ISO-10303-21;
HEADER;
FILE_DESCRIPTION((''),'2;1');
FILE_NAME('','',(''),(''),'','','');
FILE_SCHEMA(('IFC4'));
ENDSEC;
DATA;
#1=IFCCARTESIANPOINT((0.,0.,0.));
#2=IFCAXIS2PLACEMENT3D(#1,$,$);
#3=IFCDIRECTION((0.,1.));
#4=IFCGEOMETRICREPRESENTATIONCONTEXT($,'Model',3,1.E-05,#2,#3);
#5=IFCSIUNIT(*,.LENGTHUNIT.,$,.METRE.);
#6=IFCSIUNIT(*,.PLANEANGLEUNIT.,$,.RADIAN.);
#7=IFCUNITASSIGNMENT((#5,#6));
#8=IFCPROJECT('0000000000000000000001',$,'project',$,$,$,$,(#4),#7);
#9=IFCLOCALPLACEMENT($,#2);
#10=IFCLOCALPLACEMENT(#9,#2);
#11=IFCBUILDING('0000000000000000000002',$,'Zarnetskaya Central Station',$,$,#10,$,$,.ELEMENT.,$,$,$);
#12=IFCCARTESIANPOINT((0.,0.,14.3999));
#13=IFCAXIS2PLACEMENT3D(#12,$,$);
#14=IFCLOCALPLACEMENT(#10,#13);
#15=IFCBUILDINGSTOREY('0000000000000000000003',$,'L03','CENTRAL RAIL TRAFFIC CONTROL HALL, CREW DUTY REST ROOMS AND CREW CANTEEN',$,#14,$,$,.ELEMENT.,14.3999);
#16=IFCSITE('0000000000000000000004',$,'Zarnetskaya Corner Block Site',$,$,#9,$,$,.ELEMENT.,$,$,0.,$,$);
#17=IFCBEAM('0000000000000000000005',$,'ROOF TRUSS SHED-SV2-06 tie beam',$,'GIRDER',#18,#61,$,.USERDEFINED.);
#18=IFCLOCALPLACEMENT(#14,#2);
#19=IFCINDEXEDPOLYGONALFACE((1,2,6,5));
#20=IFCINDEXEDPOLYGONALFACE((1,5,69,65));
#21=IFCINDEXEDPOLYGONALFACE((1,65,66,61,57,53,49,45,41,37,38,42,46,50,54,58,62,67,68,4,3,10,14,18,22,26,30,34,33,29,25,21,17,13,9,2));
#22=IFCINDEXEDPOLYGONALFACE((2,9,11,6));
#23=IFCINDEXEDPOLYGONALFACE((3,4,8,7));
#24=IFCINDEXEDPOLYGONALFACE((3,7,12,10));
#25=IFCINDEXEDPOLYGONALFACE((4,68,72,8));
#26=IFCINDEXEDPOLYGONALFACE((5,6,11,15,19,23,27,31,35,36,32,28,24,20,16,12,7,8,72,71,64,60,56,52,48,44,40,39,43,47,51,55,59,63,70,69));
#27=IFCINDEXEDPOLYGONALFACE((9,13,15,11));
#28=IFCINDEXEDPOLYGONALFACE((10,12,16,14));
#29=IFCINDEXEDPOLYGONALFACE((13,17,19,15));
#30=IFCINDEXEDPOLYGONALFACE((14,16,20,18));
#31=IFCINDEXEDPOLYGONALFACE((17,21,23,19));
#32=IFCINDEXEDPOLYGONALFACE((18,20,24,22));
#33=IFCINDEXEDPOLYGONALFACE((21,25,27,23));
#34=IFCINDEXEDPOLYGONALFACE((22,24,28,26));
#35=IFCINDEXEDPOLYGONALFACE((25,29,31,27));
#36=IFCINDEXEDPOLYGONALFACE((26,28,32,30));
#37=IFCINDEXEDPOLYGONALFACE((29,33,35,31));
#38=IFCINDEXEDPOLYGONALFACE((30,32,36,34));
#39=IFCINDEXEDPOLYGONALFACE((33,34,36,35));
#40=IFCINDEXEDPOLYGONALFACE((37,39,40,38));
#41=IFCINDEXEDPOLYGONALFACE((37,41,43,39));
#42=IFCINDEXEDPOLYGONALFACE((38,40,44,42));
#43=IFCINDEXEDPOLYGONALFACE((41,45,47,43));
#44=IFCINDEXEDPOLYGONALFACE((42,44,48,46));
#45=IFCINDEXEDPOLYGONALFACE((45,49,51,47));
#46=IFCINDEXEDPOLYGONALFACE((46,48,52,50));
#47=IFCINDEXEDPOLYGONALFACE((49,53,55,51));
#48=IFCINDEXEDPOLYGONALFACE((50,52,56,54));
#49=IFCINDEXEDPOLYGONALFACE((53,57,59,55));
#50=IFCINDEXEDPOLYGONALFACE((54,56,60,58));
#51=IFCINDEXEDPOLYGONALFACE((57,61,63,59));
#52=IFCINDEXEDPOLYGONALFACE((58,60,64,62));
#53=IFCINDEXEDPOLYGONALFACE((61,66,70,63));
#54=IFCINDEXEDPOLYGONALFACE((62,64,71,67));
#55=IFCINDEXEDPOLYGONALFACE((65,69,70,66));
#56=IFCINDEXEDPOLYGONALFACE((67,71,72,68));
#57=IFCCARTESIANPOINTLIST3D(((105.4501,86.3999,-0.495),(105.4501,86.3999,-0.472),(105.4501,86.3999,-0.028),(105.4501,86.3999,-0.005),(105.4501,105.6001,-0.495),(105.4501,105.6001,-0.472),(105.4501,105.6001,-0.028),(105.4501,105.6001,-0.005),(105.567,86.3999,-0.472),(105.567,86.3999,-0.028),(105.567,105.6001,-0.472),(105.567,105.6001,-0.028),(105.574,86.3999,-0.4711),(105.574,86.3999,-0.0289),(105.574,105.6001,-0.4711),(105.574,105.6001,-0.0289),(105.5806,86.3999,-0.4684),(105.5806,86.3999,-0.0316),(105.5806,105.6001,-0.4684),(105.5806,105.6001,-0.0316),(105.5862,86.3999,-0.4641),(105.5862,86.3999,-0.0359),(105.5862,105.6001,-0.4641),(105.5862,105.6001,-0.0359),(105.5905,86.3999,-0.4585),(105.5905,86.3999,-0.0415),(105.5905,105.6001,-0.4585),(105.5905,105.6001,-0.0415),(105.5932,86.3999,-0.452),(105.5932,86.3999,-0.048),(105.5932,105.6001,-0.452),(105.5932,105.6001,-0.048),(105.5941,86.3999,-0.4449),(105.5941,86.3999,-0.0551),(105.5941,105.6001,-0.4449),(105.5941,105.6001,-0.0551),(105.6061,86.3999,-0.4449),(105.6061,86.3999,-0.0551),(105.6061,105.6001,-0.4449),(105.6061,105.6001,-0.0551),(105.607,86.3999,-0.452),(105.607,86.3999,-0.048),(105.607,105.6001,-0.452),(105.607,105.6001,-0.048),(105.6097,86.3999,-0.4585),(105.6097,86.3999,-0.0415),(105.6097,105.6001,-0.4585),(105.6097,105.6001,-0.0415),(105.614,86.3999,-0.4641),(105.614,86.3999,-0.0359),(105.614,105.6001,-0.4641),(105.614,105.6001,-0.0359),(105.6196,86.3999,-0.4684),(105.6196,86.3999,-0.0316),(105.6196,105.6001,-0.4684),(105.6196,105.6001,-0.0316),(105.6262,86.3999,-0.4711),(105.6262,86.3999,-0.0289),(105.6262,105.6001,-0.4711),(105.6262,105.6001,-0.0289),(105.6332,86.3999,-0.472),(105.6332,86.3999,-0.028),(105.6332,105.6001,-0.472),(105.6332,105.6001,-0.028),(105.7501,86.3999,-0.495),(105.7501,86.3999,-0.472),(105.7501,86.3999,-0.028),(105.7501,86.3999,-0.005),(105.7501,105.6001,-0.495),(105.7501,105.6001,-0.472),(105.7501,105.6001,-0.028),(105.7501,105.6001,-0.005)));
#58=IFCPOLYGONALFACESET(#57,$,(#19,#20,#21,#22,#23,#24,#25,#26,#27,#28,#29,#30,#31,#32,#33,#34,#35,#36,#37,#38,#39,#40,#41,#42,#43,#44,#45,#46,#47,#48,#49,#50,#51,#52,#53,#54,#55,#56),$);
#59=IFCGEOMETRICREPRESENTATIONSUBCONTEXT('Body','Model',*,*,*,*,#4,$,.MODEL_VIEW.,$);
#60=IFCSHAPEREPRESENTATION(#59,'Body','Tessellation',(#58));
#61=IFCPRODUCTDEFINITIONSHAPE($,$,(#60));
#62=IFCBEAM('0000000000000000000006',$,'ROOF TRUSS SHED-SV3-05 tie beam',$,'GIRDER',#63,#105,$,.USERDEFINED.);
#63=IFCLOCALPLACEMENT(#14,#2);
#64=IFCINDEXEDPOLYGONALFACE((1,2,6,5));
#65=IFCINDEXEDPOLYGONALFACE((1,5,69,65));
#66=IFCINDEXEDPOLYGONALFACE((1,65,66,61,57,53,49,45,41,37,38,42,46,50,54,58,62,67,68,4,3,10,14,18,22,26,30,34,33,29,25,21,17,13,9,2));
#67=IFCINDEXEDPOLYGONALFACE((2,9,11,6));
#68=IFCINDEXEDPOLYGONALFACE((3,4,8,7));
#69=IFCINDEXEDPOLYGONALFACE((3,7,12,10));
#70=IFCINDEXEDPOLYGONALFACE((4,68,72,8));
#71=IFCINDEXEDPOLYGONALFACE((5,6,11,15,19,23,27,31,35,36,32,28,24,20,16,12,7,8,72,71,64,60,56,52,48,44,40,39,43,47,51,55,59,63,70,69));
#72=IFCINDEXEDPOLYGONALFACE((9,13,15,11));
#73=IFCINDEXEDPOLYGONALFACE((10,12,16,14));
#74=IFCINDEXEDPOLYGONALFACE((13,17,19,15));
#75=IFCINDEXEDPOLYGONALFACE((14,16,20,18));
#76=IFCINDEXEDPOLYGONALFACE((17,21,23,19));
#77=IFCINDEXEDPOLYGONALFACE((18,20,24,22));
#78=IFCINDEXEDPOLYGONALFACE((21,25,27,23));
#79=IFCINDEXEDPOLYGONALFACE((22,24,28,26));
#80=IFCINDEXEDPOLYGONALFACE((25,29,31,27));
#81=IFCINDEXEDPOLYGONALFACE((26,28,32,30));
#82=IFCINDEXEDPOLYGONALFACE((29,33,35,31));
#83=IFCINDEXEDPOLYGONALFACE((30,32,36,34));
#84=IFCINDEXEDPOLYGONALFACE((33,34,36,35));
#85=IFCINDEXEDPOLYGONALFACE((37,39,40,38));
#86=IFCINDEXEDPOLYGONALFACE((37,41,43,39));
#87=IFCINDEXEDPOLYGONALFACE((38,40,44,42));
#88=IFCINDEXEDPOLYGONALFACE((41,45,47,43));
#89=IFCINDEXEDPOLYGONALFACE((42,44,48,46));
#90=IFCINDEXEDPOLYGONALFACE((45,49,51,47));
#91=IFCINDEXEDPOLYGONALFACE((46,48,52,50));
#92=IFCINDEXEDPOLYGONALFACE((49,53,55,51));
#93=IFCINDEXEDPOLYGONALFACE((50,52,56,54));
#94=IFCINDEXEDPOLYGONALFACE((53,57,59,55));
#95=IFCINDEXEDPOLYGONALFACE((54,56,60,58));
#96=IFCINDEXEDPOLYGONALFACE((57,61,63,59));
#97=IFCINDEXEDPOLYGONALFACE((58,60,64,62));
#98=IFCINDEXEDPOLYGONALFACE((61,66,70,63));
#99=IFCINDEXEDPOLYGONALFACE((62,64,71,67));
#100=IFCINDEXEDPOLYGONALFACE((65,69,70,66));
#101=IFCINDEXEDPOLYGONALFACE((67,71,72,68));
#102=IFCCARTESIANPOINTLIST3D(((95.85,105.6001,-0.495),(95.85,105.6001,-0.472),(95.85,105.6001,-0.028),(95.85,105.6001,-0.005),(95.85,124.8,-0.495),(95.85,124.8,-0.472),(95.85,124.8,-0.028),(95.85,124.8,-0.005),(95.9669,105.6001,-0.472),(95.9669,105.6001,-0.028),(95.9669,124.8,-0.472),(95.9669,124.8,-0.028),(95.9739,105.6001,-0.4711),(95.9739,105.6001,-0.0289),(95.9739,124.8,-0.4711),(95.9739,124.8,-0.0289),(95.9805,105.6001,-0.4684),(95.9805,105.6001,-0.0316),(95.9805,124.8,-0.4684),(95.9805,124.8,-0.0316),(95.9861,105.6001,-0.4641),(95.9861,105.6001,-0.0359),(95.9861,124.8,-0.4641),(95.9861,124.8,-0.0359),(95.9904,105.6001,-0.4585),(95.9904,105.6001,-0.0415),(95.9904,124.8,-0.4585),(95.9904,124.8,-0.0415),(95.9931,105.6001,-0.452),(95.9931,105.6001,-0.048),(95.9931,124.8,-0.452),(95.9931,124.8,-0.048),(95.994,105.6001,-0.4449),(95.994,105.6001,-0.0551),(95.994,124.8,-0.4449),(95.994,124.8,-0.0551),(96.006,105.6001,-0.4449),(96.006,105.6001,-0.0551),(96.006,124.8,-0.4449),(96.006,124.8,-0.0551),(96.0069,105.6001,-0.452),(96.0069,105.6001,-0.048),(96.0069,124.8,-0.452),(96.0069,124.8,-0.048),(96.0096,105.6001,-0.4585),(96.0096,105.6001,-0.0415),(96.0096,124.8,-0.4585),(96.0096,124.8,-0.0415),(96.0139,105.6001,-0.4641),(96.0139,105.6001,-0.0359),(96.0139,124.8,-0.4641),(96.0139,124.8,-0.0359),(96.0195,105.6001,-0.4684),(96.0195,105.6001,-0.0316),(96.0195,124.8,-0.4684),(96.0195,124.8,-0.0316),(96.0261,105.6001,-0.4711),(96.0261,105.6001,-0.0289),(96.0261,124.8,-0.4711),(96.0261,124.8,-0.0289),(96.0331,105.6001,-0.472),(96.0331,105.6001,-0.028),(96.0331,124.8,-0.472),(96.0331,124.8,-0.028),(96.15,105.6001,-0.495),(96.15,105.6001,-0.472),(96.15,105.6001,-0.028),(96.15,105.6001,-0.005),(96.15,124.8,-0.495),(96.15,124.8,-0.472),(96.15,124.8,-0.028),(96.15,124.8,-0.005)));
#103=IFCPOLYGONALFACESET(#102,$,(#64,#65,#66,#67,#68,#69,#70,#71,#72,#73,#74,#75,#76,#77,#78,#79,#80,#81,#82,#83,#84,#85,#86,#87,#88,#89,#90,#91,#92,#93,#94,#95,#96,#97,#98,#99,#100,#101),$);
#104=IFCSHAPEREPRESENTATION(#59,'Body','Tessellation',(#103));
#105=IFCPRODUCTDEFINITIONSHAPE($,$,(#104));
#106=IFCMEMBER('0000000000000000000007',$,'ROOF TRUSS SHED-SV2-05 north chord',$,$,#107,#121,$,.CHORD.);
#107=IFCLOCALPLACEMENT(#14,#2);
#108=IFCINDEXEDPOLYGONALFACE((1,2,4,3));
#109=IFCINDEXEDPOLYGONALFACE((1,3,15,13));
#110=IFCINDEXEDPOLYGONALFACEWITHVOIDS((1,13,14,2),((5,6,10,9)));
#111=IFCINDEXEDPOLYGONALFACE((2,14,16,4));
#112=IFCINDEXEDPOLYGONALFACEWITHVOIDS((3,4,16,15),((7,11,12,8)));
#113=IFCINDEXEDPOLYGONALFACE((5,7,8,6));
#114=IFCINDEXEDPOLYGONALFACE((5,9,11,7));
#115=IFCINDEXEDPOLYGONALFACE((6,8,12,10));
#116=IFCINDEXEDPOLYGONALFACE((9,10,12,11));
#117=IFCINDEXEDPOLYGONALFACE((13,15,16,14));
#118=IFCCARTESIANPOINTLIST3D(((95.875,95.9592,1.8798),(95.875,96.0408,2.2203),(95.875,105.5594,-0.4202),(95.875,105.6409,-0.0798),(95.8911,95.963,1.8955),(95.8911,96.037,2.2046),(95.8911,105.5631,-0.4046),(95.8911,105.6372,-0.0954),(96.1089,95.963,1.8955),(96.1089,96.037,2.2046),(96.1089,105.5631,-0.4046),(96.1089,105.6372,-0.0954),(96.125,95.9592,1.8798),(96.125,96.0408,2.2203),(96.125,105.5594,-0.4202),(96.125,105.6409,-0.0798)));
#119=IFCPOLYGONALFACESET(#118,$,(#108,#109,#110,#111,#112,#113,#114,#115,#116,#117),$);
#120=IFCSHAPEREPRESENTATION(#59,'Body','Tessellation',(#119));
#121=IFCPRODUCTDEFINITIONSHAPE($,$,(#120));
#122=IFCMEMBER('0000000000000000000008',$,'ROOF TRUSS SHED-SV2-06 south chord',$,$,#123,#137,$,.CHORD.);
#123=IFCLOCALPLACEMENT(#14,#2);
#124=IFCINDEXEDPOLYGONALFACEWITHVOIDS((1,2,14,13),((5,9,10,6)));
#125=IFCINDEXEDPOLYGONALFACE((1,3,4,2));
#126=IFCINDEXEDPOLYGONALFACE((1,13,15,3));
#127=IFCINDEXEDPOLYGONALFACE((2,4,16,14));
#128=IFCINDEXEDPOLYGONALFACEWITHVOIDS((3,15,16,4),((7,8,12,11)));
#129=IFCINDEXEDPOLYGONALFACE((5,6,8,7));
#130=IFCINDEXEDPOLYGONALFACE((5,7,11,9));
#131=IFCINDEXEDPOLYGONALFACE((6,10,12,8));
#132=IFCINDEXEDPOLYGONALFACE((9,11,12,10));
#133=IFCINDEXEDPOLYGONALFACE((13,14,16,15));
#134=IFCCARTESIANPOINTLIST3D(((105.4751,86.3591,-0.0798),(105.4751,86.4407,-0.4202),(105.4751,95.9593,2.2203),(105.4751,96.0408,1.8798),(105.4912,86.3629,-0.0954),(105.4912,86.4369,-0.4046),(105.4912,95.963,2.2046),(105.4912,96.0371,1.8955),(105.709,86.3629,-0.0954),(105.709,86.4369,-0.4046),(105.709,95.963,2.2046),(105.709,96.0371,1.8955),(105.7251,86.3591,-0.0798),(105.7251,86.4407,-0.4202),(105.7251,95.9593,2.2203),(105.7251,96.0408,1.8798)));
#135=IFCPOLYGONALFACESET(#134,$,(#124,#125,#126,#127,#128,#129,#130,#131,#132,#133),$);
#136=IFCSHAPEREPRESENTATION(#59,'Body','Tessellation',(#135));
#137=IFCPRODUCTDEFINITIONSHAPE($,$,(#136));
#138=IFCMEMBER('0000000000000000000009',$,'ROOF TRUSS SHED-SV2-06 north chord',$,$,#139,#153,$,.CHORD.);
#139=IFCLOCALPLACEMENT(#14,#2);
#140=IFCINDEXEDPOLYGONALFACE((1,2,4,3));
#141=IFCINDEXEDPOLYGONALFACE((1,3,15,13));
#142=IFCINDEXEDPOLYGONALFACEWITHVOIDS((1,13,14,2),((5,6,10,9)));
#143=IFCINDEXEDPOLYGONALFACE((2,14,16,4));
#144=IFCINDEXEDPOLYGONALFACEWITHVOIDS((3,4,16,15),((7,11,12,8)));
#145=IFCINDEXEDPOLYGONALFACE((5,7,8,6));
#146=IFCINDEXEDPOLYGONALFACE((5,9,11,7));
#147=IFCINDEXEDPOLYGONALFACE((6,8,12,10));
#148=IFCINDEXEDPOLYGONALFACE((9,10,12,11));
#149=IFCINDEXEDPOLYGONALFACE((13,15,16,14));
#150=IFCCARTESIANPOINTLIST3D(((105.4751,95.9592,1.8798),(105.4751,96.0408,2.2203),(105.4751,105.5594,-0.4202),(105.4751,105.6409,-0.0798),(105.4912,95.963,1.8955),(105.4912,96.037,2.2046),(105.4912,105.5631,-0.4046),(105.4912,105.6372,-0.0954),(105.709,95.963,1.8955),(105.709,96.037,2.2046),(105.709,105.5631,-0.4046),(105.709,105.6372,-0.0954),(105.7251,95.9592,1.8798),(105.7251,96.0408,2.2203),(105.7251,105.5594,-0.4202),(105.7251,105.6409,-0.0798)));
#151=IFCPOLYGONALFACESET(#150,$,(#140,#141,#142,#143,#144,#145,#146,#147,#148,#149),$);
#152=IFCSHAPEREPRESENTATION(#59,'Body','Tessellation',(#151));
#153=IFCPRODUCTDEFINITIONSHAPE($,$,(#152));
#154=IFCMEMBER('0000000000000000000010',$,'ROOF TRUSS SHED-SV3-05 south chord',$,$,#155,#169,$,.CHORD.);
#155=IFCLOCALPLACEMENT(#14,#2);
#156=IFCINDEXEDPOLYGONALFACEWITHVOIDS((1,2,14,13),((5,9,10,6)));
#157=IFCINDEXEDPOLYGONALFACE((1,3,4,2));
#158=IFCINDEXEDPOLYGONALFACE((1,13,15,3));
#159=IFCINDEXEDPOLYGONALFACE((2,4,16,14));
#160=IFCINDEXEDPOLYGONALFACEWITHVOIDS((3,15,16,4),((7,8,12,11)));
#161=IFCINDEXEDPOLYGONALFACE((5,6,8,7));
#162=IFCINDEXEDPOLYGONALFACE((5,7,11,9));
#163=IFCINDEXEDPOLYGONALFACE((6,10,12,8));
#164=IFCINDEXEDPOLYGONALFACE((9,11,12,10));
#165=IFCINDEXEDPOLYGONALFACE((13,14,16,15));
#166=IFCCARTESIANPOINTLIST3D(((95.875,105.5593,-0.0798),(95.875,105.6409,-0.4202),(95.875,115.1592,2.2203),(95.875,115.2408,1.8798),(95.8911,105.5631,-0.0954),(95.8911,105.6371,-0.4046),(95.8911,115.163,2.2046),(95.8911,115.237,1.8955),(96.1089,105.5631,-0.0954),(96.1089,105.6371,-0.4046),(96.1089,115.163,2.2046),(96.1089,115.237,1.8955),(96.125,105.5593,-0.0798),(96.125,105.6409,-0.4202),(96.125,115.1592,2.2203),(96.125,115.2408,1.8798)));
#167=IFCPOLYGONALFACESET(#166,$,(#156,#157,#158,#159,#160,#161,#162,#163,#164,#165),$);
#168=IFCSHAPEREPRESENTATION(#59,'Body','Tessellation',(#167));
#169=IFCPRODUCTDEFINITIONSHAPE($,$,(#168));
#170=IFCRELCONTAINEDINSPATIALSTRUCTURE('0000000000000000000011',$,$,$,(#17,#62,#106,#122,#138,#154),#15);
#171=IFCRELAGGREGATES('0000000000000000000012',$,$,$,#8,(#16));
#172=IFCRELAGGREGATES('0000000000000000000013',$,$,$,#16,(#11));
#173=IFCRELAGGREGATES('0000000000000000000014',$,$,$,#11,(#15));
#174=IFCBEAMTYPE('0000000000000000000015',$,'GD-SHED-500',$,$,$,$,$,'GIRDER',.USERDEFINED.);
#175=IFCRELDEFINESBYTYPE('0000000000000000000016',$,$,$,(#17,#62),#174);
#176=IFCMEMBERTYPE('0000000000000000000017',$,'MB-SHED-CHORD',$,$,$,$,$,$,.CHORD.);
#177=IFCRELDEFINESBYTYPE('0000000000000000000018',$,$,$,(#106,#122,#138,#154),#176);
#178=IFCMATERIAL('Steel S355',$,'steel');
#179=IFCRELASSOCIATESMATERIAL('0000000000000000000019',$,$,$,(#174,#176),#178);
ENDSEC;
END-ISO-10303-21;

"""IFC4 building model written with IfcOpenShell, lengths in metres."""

from ifc_helpers import new_model, si_unit, direction, frame, origin, origin_2d, place, context, subcontext, project, spatial, hollow_rectangle, i_section, extrude, material, material_profile, profile_set, type_object, element, save


model = new_model("IFC4")

# Units and contexts
model_context = context("Model", 3, precision=1e-05, world=origin(), true_north=direction((0.0, 1.0)))
body_context = subcontext(model_context, "Body", "Model", "MODEL_VIEW")
ifc_project = project(units=[si_unit("LENGTHUNIT", "METRE"), si_unit("PLANEANGLEUNIT", "RADIAN")], contexts=[model_context])

# Site, building, storey
site_placement = place(None, origin())
site = spatial("IfcSite", under=ifc_project, at=site_placement, Name="Zarnetskaya Corner Block Site", CompositionType="ELEMENT", RefElevation=0.0)
building_placement = place(site_placement, origin())
building = spatial("IfcBuilding", under=site, at=building_placement, Name="Zarnetskaya Central Station", CompositionType="ELEMENT")
storey_placement = place(building_placement, frame((0.0, 0.0, 14.3999)))
storey = spatial("IfcBuildingStorey", under=building, at=storey_placement, Name="L03", Description="CENTRAL RAIL TRAFFIC CONTROL HALL, CREW DUTY REST ROOMS AND CREW CANTEEN", CompositionType="ELEMENT", Elevation=14.3999)

# Beams
ifc_material_1 = material(Name="Steel S355", Category="steel")
ifc_material_profile_1 = material_profile(ifc_material_1, i_section(OverallWidth=0.3, OverallDepth=0.49, WebThickness=0.012, FlangeThickness=0.0229, FilletRadius=0.0271, at=origin_2d()), Name="HEA 500")
ifc_profile_set_1 = profile_set([ifc_material_profile_1], Name="Steel S355")
beam_type = type_object("IfcBeamType", Name="GD-SHED-500", ElementType="GIRDER", PredefinedType="USERDEFINED", material=ifc_profile_set_1)
beam_1_placement = place(storey_placement, frame((105.6001, 86.3999, -0.25), z_axis=(0.0, 1.0, 0.0), x_axis=(-1.0, 0.0, 0.0)))
element("IfcBeam", 1, at=beam_1_placement, inside=storey, type_object=beam_type, Name="ROOF TRUSS SHED-SV2-06 tie beam", ObjectType="GIRDER", PredefinedType="USERDEFINED", context=body_context, shape_type="SweptSolid", body=[
    extrude(i_section(OverallWidth=0.3, OverallDepth=0.49, WebThickness=0.012, FlangeThickness=0.0229, FilletRadius=0.0271, at=origin_2d()), origin(), (0.0, 0.0, 1.0), 19.2002),
])
beam_2_placement = place(storey_placement, frame((96.0, 105.6001, -0.25), z_axis=(0.0, 1.0, 0.0), x_axis=(-1.0, 0.0, 0.0)))
element("IfcBeam", 2, at=beam_2_placement, inside=storey, type_object=beam_type, Name="ROOF TRUSS SHED-SV3-05 tie beam", ObjectType="GIRDER", PredefinedType="USERDEFINED", context=body_context, shape_type="SweptSolid", body=[
    extrude(i_section(OverallWidth=0.3, OverallDepth=0.49, WebThickness=0.012, FlangeThickness=0.0229, FilletRadius=0.0271, at=origin_2d()), origin(), (0.0, 0.0, 1.0), 19.2),
])

# Members
ifc_material_profile_2 = material_profile(ifc_material_1, hollow_rectangle(XDim=0.25, YDim=0.3501, WallThickness=0.0161, at=origin_2d()), Name="RHS 350x250x16")
ifc_profile_set_2 = profile_set([ifc_material_profile_2], Name="Steel S355")
member_type_1 = type_object("IfcMemberType", Name="MB-SHED-CHORD", PredefinedType="CHORD", material=ifc_profile_set_2)
for number, where, z_axis, x_axis, name in (
    (3, (96.0, 96.0, 2.05), (0.0, 0.972479, -0.232992), (-1.0, 0.0, 0.0), "ROOF TRUSS SHED-SV2-05 north chord"),
    (4, (105.6001, 86.3999, -0.25), (0.0, 0.972479, 0.232992), (-1.0, 0.0, 0.0), "ROOF TRUSS SHED-SV2-06 south chord"),
    (5, (105.6001, 96.0, 2.05), (0.0, 0.972479, -0.232992), (-1.0, 0.0, 0.0), "ROOF TRUSS SHED-SV2-06 north chord"),
):
    element("IfcMember", number, at=place(storey_placement, frame(where, z_axis=z_axis, x_axis=x_axis)), inside=storey, type_object=member_type_1, Name=name, PredefinedType="CHORD", context=body_context, shape_type="SweptSolid", body=[
        extrude(hollow_rectangle(XDim=0.25, YDim=0.3501, WallThickness=0.0161, at=origin_2d()), origin(), (0.0, 0.0, 1.0), 9.8718),
    ])
member_placement = place(storey_placement, frame((96.0, 105.6001, -0.25), z_axis=(0.0, 0.972477, 0.232998), x_axis=(-1.0, 0.0, 0.0)))
element("IfcMember", 6, at=member_placement, inside=storey, type_object=member_type_1, Name="ROOF TRUSS SHED-SV3-05 south chord", PredefinedType="CHORD", context=body_context, shape_type="SweptSolid", body=[
    extrude(hollow_rectangle(XDim=0.25, YDim=0.3501, WallThickness=0.0161, at=origin_2d()), origin(), (0.0, 0.0, 1.0), 9.8716),
])

save(model, "model.ifc")
